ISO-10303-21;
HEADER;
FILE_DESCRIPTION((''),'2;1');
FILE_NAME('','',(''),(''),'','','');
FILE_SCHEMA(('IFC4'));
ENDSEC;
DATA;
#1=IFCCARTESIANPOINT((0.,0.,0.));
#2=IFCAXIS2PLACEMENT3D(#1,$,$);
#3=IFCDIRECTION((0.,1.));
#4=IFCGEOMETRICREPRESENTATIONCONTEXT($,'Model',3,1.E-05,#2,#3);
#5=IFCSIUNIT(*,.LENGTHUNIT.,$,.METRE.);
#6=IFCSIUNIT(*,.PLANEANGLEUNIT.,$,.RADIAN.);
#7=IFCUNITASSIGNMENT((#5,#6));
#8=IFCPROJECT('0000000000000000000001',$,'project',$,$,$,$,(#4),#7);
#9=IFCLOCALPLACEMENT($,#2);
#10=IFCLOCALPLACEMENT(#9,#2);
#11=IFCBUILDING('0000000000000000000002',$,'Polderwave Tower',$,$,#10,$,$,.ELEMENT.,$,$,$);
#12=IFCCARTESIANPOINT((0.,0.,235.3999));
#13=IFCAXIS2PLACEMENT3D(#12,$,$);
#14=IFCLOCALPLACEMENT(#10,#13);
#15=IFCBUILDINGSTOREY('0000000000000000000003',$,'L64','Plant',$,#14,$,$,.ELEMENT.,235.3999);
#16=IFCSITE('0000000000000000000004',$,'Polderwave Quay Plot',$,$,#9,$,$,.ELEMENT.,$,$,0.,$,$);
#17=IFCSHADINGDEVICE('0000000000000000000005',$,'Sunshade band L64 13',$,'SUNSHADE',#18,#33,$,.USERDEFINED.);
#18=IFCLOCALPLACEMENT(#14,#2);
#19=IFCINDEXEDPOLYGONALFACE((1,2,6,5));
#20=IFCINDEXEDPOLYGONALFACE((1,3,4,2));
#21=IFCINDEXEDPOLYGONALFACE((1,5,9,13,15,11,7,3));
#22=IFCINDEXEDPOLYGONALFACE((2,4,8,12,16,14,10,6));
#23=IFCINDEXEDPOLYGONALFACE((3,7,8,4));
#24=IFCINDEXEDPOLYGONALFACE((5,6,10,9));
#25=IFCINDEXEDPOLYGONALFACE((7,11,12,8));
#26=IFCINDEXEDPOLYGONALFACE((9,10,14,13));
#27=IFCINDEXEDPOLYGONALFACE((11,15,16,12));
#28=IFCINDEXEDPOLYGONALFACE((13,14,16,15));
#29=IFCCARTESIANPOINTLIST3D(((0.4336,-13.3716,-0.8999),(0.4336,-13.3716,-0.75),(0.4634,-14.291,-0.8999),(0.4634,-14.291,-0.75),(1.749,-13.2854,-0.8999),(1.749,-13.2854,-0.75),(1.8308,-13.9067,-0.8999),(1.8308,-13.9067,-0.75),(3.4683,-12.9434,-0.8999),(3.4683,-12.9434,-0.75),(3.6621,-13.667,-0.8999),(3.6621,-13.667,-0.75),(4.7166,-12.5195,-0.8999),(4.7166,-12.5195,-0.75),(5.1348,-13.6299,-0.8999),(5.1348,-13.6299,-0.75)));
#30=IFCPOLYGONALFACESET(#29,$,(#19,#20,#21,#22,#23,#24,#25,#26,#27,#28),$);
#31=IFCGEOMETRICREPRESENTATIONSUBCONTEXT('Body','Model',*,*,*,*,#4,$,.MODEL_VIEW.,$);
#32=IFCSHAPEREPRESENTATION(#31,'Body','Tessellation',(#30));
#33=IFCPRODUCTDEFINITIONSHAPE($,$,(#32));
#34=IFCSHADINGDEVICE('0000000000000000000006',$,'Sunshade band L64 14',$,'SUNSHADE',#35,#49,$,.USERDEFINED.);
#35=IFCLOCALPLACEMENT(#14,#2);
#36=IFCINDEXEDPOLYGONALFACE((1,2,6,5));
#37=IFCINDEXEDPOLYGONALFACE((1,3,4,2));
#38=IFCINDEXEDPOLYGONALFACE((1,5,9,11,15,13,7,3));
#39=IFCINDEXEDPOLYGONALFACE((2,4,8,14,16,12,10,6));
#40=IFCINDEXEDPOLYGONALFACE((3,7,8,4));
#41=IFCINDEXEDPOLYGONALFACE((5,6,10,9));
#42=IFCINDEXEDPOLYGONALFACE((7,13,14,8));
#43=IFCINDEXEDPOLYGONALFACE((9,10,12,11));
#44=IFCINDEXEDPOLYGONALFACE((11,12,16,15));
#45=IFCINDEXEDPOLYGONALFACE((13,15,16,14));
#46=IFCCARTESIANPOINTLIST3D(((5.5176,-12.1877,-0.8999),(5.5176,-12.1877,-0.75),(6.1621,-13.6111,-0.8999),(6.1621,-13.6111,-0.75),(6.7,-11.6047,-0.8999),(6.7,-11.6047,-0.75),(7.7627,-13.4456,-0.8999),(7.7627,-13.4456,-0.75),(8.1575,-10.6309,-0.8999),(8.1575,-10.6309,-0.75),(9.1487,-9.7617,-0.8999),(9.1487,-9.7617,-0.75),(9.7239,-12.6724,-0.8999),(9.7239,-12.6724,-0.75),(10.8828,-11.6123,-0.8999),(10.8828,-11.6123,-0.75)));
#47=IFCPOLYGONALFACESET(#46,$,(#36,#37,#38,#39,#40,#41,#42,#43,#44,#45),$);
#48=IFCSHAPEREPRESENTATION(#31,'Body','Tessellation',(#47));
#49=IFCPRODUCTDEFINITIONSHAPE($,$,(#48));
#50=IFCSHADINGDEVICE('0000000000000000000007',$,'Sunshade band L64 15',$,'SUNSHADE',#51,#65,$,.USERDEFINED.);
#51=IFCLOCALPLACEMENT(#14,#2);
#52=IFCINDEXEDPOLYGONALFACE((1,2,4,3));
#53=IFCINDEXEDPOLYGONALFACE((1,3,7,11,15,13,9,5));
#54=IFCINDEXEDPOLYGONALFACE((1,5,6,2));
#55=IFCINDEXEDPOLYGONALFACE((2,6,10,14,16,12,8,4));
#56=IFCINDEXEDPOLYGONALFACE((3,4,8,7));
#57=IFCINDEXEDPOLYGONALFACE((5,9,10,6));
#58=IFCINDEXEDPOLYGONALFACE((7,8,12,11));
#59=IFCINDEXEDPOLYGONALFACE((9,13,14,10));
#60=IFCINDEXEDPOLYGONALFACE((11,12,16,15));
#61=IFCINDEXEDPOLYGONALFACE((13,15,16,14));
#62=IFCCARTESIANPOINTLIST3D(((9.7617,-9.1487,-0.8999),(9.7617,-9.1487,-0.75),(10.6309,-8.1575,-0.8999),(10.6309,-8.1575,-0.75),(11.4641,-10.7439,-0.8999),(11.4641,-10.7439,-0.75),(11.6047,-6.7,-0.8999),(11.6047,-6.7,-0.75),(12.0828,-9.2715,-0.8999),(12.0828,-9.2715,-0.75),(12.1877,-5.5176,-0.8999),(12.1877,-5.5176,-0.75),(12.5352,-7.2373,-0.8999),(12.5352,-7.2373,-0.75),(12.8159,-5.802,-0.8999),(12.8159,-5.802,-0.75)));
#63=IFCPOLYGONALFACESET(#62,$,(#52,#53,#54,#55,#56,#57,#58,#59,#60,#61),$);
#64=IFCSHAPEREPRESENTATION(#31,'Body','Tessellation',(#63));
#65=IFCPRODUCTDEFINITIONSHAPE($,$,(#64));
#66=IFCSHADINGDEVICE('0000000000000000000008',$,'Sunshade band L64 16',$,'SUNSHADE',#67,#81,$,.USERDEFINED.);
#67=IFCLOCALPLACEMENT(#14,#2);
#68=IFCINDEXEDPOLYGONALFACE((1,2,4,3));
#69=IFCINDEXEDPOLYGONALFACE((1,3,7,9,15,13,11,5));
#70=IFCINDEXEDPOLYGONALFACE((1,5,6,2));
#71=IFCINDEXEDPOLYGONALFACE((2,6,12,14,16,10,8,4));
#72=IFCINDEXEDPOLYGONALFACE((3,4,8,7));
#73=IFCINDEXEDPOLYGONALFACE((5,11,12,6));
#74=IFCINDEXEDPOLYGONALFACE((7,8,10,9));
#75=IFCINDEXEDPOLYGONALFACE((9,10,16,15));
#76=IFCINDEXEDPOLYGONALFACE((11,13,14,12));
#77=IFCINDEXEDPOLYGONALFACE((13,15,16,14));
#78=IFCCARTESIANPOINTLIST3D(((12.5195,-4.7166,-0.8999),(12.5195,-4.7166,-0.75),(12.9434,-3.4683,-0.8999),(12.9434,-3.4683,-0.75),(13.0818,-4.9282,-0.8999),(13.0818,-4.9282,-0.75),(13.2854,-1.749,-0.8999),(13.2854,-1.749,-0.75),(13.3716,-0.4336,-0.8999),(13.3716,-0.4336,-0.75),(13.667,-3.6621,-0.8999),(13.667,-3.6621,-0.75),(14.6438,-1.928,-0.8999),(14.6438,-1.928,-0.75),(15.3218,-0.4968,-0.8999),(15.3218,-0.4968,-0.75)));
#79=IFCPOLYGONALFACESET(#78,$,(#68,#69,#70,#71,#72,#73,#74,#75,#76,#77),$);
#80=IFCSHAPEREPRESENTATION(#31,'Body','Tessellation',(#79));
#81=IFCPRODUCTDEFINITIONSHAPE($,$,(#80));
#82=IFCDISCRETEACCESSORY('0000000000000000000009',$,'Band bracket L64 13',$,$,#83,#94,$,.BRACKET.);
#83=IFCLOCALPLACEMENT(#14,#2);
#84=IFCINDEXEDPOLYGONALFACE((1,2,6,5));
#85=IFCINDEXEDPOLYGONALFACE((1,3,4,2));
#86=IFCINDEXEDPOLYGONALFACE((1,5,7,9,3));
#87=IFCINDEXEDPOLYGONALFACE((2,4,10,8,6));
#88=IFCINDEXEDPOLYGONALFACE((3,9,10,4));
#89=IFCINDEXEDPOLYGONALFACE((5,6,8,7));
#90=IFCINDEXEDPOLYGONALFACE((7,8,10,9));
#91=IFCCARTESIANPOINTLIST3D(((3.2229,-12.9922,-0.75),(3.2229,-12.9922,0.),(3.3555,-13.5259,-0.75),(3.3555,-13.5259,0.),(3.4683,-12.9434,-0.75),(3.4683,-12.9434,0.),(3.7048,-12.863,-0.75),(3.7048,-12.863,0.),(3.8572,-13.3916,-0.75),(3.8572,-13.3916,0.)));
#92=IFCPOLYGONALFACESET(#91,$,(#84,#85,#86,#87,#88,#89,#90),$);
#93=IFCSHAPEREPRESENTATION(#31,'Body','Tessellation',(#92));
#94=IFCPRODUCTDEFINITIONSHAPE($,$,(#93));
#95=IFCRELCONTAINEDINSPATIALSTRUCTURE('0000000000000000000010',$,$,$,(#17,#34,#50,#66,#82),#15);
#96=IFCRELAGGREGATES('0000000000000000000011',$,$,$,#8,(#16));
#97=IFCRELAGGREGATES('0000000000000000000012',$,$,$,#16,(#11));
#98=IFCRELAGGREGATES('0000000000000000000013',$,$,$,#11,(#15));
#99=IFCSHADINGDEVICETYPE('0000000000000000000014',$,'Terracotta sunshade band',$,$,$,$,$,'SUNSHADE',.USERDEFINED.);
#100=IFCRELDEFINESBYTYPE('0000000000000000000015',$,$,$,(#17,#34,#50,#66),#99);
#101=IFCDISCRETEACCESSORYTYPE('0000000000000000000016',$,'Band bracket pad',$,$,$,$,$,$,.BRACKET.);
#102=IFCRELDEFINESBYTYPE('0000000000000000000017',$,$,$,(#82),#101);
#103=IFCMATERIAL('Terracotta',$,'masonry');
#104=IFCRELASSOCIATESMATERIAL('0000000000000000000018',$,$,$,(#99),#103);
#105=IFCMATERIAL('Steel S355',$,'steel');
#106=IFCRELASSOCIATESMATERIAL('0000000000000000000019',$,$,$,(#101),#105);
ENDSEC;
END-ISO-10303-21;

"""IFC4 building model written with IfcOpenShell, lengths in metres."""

from ifc_helpers import new_model, si_unit, direction, frame, origin, place, context, subcontext, project, spatial, polyline, outline, extrude, material, type_object, element, save


model = new_model("IFC4")

# Units and contexts
model_context = context("Model", 3, precision=1e-05, world=origin(), true_north=direction((0.0, 1.0)))
body_context = subcontext(model_context, "Body", "Model", "MODEL_VIEW")
ifc_project = project(units=[si_unit("LENGTHUNIT", "METRE"), si_unit("PLANEANGLEUNIT", "RADIAN")], contexts=[model_context])

# Site, building, storey
site_placement = place(None, origin())
site = spatial("IfcSite", under=ifc_project, at=site_placement, Name="Polderwave Quay Plot", CompositionType="ELEMENT", RefElevation=0.0)
building_placement = place(site_placement, origin())
building = spatial("IfcBuilding", under=site, at=building_placement, Name="Polderwave Tower", CompositionType="ELEMENT")
storey_placement = place(building_placement, frame((0.0, 0.0, 235.3999)))
storey = spatial("IfcBuildingStorey", under=building, at=storey_placement, Name="L64", Description="Plant", CompositionType="ELEMENT", Elevation=235.3999)

# Shared definitions
ifc_material_1 = material(Name="Steel S355", Category="steel")

# Shading devices
ifc_material_2 = material(Name="Terracotta", Category="masonry")
shading_device_type = type_object("IfcShadingDeviceType", Name="Terracotta sunshade band", ElementType="SUNSHADE", PredefinedType="USERDEFINED", material=ifc_material_2)
shading_device_1_placement = place(storey_placement, frame((0.0, 0.0, -0.8999)))
element("IfcShadingDevice", 1, at=shading_device_1_placement, inside=storey, type_object=shading_device_type, Name="Sunshade band L64 13", ObjectType="SUNSHADE", PredefinedType="USERDEFINED", context=body_context, shape_type="SweptSolid", body=[
    extrude(outline(polyline([(0.4336, -13.3716), (1.749, -13.2854), (3.4683, -12.9434), (4.7166, -12.5195), (5.1348, -13.6299), (3.6621, -13.667), (1.8308, -13.9067), (0.4634, -14.291), (0.4336, -13.3716)])), origin(), (0.0, 0.0, 1.0), 0.1499),
])
shading_device_2_placement = place(storey_placement, frame((0.0, 0.0, -0.8999)))
element("IfcShadingDevice", 2, at=shading_device_2_placement, inside=storey, type_object=shading_device_type, Name="Sunshade band L64 14", ObjectType="SUNSHADE", PredefinedType="USERDEFINED", context=body_context, shape_type="SweptSolid", body=[
    extrude(outline(polyline([(5.5176, -12.1877), (6.7, -11.6047), (8.1575, -10.6309), (9.1487, -9.7617), (10.8828, -11.6123), (9.7239, -12.6724), (7.7627, -13.4456), (6.1621, -13.6111), (5.5176, -12.1877)])), origin(), (0.0, 0.0, 1.0), 0.1499),
])
shading_device_3_placement = place(storey_placement, frame((0.0, 0.0, -0.8999)))
element("IfcShadingDevice", 3, at=shading_device_3_placement, inside=storey, type_object=shading_device_type, Name="Sunshade band L64 15", ObjectType="SUNSHADE", PredefinedType="USERDEFINED", context=body_context, shape_type="SweptSolid", body=[
    extrude(outline(polyline([(9.7617, -9.1487), (10.6309, -8.1575), (11.6047, -6.7), (12.1877, -5.5176), (12.8159, -5.802), (12.5352, -7.2373), (12.0828, -9.2715), (11.4641, -10.7439), (9.7617, -9.1487)])), origin(), (0.0, 0.0, 1.0), 0.1499),
])
shading_device_4_placement = place(storey_placement, frame((0.0, 0.0, -0.8999)))
element("IfcShadingDevice", 4, at=shading_device_4_placement, inside=storey, type_object=shading_device_type, Name="Sunshade band L64 16", ObjectType="SUNSHADE", PredefinedType="USERDEFINED", context=body_context, shape_type="SweptSolid", body=[
    extrude(outline(polyline([(12.5195, -4.7166), (12.9434, -3.4683), (13.2854, -1.749), (13.3716, -0.4336), (15.3218, -0.4968), (14.6438, -1.928), (13.667, -3.6621), (13.0818, -4.9282), (12.5195, -4.7166)])), origin(), (0.0, 0.0, 1.0), 0.1499),
])

# Discrete accessory
discrete_accessory_type = type_object("IfcDiscreteAccessoryType", Name="Band bracket pad", PredefinedType="BRACKET", material=ifc_material_1)
discrete_accessory_placement = place(storey_placement, frame((0.0, 0.0, -0.75)))
element("IfcDiscreteAccessory", 5, at=discrete_accessory_placement, inside=storey, type_object=discrete_accessory_type, Name="Band bracket L64 13", PredefinedType="BRACKET", context=body_context, shape_type="SweptSolid", body=[
    extrude(outline(polyline([(3.2229, -12.9922), (3.4683, -12.9434), (3.7048, -12.863), (3.8572, -13.3916), (3.3555, -13.5259), (3.2229, -12.9922)])), origin(), (0.0, 0.0, 1.0), 0.75),
])

save(model, "model.ifc")
